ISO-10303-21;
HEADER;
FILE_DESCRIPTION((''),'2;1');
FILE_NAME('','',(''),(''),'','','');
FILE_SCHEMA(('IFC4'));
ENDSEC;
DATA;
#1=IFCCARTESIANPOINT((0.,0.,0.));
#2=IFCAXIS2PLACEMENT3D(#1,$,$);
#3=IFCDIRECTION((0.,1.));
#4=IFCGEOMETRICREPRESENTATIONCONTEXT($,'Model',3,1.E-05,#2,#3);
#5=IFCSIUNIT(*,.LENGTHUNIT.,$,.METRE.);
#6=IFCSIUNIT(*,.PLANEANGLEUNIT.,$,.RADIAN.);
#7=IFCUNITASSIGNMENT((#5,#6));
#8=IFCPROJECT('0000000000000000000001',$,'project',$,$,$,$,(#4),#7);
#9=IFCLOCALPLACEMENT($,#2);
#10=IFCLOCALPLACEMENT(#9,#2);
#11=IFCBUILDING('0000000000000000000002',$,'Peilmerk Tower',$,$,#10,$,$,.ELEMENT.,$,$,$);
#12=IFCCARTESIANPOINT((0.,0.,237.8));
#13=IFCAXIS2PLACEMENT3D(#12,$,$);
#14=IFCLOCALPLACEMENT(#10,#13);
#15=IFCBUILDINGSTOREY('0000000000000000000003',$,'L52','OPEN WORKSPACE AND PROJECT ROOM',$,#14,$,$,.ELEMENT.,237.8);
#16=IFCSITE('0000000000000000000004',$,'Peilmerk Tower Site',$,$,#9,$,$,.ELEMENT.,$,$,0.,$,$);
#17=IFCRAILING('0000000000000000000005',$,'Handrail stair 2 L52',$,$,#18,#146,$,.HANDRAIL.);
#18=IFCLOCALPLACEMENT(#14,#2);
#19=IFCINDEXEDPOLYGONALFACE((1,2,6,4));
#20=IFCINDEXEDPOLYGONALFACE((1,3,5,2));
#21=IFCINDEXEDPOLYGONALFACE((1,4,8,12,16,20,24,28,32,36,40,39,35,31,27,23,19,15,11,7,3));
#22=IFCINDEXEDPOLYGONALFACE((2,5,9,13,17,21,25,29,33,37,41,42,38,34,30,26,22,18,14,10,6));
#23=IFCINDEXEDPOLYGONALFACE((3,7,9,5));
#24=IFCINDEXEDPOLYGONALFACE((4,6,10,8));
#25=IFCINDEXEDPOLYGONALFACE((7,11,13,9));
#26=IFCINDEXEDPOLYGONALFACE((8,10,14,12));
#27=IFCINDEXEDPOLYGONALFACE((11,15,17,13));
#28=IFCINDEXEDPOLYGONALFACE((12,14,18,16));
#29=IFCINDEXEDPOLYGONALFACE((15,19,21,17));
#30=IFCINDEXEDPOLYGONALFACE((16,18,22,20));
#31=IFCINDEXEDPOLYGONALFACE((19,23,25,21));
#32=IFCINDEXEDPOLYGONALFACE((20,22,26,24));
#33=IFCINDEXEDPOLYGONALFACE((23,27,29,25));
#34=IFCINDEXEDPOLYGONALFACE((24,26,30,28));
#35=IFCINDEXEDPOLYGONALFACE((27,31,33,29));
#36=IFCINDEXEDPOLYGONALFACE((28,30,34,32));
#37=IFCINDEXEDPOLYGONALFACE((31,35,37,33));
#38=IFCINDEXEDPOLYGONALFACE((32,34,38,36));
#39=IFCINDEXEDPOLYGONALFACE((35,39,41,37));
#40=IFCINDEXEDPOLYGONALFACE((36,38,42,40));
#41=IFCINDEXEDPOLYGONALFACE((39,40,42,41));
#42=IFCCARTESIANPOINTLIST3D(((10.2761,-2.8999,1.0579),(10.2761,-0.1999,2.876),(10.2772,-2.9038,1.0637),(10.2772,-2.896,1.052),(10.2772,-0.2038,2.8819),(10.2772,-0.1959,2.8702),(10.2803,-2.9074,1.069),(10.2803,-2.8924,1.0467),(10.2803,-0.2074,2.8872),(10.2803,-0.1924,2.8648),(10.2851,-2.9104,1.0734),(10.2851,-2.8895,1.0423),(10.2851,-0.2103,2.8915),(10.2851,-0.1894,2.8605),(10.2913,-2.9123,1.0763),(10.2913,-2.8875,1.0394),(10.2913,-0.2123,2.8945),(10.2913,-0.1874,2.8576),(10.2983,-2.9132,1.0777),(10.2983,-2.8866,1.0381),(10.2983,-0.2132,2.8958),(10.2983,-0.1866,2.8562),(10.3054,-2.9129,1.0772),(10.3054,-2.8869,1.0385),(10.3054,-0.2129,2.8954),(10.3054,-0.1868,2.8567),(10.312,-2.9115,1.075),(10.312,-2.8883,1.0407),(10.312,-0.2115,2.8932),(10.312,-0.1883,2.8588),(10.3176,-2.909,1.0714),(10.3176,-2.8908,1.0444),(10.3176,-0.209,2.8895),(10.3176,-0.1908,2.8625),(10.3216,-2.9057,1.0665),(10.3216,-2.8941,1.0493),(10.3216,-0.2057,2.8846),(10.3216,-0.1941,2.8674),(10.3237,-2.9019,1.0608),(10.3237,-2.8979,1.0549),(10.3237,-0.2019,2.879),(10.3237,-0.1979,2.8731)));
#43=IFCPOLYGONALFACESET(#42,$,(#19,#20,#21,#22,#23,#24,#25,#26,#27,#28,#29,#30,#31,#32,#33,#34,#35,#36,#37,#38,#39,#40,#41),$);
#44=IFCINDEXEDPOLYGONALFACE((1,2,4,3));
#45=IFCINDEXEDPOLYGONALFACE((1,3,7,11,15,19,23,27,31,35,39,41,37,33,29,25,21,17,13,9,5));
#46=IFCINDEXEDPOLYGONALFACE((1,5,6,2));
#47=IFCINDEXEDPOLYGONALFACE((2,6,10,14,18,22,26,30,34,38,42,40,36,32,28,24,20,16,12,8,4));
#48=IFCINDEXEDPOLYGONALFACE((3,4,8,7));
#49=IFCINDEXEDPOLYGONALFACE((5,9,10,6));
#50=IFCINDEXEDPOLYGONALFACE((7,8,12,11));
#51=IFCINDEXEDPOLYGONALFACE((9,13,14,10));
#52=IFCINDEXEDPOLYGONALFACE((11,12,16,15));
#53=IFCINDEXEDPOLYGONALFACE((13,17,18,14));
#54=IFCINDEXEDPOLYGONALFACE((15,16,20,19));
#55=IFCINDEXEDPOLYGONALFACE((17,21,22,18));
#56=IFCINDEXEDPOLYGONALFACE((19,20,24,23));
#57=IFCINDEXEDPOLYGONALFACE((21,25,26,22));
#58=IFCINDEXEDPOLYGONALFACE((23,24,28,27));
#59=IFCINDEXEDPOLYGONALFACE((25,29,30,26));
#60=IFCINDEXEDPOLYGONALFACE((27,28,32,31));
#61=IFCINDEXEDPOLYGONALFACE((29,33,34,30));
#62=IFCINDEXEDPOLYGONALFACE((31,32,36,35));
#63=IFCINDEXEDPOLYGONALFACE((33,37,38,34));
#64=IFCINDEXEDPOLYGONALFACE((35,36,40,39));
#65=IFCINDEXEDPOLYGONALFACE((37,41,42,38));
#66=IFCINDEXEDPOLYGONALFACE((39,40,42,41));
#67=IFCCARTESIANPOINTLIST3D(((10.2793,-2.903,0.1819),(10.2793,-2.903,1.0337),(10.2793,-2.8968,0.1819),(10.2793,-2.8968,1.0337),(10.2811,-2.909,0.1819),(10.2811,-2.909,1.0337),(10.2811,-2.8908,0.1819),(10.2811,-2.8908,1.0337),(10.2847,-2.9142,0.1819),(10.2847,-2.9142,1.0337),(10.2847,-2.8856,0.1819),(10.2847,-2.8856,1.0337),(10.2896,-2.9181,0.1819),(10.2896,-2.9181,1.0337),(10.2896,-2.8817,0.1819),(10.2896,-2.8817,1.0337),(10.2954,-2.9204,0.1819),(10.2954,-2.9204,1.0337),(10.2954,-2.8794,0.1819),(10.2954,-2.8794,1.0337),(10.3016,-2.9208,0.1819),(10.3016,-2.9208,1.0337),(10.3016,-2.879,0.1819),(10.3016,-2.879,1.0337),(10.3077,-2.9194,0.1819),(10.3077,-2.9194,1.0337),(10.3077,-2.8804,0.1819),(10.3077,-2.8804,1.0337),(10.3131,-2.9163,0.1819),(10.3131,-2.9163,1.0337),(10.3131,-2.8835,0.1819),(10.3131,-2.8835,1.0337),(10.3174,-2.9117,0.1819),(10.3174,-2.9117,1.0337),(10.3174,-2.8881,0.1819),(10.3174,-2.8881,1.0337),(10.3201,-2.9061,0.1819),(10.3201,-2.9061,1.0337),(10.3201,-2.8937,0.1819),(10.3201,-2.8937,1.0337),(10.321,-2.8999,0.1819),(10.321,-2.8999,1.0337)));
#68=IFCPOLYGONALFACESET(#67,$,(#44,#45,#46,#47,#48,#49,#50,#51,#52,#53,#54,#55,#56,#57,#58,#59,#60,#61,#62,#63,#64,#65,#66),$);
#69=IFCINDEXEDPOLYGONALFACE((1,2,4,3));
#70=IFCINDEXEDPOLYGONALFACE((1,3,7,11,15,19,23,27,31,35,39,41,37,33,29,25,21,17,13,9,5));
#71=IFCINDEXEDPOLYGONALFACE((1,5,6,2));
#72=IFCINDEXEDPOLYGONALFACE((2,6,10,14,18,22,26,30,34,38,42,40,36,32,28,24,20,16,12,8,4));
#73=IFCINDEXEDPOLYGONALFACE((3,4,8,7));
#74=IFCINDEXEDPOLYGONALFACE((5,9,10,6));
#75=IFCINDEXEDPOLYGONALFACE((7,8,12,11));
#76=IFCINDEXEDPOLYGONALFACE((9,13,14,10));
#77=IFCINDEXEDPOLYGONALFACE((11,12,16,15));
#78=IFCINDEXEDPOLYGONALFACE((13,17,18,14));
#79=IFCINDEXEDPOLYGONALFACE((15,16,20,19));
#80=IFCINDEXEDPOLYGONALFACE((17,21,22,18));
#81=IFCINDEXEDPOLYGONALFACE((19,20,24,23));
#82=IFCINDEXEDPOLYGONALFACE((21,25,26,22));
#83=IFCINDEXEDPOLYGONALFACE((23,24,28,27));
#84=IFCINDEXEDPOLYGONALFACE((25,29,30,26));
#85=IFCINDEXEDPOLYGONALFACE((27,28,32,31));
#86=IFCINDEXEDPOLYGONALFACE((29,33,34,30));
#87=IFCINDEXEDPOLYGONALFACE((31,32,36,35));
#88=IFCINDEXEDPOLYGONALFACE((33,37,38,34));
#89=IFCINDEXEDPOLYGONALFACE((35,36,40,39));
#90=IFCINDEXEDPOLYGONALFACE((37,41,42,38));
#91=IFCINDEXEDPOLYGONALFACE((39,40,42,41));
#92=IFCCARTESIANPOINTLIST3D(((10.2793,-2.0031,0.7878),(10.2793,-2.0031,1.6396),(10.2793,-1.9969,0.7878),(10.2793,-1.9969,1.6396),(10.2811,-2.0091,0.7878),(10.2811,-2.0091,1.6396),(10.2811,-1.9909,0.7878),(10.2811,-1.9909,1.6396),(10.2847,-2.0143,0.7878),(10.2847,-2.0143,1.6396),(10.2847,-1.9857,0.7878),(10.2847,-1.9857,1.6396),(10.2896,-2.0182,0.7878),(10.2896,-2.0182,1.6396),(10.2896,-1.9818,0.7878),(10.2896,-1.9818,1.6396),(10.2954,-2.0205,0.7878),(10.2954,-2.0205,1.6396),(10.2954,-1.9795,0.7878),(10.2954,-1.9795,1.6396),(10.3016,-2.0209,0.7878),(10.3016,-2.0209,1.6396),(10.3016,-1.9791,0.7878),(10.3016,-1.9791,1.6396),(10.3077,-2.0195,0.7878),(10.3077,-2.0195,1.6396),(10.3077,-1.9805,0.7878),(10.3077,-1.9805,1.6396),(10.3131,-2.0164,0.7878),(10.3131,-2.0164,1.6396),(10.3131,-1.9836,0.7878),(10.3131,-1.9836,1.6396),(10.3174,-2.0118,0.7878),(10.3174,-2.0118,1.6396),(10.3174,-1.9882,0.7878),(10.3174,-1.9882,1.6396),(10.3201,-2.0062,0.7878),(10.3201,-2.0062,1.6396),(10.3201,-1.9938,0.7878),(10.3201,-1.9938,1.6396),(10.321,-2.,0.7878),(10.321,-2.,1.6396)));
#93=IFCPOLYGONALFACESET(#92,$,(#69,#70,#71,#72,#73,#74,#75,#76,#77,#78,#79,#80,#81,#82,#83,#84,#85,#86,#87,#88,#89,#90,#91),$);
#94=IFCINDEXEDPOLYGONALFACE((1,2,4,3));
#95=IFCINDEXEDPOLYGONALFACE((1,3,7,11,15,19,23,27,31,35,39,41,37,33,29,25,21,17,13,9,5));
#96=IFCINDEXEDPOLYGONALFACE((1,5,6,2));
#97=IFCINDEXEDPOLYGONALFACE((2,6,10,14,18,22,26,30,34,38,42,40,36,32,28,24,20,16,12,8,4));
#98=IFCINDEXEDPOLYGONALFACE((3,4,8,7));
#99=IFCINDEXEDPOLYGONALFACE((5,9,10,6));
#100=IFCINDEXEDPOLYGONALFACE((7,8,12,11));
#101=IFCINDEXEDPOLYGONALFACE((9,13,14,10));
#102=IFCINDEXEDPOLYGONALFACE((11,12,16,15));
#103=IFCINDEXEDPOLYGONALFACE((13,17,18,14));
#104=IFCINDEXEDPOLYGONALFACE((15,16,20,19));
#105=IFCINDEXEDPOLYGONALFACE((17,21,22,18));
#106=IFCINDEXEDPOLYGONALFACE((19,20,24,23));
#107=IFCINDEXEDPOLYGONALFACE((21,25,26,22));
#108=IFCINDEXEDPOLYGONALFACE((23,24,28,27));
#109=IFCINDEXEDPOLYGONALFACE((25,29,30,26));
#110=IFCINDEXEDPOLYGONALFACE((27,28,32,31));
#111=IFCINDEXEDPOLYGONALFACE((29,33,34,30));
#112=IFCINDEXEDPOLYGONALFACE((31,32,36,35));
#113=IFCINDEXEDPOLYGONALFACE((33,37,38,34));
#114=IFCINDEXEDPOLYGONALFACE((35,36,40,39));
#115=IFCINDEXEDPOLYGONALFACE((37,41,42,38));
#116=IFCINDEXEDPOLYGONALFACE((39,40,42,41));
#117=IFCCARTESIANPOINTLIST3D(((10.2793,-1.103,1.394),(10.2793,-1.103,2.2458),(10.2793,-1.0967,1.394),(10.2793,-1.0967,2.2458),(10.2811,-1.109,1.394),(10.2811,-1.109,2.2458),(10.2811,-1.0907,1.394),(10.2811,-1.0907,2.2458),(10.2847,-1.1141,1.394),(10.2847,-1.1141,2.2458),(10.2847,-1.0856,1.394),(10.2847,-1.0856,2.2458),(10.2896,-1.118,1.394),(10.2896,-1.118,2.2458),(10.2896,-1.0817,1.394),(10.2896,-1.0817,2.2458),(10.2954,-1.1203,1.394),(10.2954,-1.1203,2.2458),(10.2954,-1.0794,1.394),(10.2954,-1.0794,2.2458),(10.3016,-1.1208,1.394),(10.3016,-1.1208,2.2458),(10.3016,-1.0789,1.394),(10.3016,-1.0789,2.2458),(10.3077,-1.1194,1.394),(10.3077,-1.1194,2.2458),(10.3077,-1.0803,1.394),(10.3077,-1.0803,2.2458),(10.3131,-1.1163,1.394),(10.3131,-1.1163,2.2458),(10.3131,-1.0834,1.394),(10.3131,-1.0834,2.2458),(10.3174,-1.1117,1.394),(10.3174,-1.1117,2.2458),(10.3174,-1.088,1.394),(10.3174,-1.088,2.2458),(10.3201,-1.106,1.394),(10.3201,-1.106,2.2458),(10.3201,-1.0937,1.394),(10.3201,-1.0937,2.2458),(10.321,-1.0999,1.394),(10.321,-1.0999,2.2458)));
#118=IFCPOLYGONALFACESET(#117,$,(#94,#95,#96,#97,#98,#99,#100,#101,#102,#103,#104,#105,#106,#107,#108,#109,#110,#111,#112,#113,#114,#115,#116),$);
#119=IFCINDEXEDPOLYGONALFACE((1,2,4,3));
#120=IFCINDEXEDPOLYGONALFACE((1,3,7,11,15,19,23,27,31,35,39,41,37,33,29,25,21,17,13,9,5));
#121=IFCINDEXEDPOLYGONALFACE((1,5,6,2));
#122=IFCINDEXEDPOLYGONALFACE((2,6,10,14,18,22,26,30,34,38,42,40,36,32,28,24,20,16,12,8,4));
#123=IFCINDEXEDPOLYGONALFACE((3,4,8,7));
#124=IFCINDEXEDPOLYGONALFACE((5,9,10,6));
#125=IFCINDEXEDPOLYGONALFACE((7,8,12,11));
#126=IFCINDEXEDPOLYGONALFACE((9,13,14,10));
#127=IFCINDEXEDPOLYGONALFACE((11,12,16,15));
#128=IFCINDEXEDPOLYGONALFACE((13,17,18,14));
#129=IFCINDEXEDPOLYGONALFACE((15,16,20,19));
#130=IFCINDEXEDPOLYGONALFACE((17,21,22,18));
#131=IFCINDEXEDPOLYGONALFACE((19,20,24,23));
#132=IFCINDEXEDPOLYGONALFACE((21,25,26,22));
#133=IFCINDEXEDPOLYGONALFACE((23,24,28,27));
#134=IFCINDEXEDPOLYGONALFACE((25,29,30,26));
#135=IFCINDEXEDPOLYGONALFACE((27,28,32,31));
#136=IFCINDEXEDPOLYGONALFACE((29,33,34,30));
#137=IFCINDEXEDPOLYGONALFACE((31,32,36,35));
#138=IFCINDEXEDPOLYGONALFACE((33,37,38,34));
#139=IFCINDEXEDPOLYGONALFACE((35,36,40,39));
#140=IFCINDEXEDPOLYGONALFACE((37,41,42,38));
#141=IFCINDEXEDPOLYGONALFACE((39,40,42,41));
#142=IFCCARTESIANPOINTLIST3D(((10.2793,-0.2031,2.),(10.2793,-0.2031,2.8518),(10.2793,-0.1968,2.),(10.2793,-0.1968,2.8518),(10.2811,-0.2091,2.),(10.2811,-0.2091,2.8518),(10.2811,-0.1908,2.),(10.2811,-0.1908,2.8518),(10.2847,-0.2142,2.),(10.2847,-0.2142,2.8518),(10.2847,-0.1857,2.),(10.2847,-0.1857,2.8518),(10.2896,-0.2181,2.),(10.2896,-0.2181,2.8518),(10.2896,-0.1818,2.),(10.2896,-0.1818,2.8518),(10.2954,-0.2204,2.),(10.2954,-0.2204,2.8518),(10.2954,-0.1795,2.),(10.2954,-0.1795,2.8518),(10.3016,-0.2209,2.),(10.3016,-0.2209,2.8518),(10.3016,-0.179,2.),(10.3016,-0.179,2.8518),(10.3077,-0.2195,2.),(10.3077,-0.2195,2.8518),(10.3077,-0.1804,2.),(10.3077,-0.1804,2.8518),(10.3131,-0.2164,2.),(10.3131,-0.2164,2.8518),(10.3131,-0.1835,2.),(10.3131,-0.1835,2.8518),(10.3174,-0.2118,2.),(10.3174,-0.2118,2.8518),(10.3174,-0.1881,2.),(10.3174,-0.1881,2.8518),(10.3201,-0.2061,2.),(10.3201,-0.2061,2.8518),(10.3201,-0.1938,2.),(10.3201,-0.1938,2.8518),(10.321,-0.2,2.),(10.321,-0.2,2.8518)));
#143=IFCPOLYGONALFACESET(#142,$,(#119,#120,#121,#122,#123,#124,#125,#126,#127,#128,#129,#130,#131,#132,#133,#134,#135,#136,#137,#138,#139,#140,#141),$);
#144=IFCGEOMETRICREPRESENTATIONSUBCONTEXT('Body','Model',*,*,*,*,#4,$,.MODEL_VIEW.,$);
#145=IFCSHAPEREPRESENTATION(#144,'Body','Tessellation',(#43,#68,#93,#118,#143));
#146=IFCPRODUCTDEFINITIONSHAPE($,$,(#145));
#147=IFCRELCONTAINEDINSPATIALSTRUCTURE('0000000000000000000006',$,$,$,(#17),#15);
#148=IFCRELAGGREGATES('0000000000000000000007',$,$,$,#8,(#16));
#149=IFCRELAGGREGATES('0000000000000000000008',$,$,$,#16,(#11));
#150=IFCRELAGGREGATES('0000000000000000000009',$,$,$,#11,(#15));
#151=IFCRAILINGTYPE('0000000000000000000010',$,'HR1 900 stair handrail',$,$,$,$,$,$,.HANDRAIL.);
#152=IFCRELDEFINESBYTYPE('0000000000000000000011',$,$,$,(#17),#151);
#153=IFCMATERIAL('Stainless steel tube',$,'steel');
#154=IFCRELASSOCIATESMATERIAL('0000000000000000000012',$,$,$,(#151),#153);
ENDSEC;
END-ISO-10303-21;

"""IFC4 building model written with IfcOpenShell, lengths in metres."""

from ifc_helpers import new_model, si_unit, direction, frame, origin, origin_2d, place, context, subcontext, project, spatial, circle, extrude, material, type_object, element, save


model = new_model("IFC4")

# Units and contexts
model_context = context("Model", 3, precision=1e-05, world=origin(), true_north=direction((0.0, 1.0)))
body_context = subcontext(model_context, "Body", "Model", "MODEL_VIEW")
ifc_project = project(units=[si_unit("LENGTHUNIT", "METRE"), si_unit("PLANEANGLEUNIT", "RADIAN")], contexts=[model_context])

# Site, building, storey
site_placement = place(None, origin())
site = spatial("IfcSite", under=ifc_project, at=site_placement, Name="Peilmerk Tower Site", CompositionType="ELEMENT", RefElevation=0.0)
building_placement = place(site_placement, origin())
building = spatial("IfcBuilding", under=site, at=building_placement, Name="Peilmerk Tower", CompositionType="ELEMENT")
storey_placement = place(building_placement, frame((0.0, 0.0, 237.8)))
storey = spatial("IfcBuildingStorey", under=building, at=storey_placement, Name="L52", Description="OPEN WORKSPACE AND PROJECT ROOM", CompositionType="ELEMENT", Elevation=237.8)

# Railing
ifc_material_1 = material(Name="Stainless steel tube", Category="steel")
railing_type_1 = type_object("IfcRailingType", Name="HR1 900 stair handrail", PredefinedType="HANDRAIL", material=ifc_material_1)
railing_1_placement = place(storey_placement, frame((10.3, -2.8999, 0.1819)))
element("IfcRailing", 1, at=railing_1_placement, inside=storey, type_object=railing_type_1, Name="Handrail stair 2 L52", PredefinedType="HANDRAIL", context=body_context, shape_type="SweptSolid", body=[
    extrude(circle(Radius=0.0239, at=origin_2d()), frame((0.0, 0.0, 0.876), z_axis=(0.0, 0.829468, 0.558554), x_axis=(-1.0, 0.0, 0.0)), (0.0, 0.0, 1.0), 3.2551),
    extrude(circle(Radius=0.021, at=origin_2d()), origin(), (0.0, 0.0, 1.0), 0.8518),
    extrude(circle(Radius=0.021, at=origin_2d()), frame((0.0, 0.8999, 0.606)), (0.0, 0.0, 1.0), 0.8518),
    extrude(circle(Radius=0.021, at=origin_2d()), frame((0.0, 1.8, 1.2122)), (0.0, 0.0, 1.0), 0.8518),
    extrude(circle(Radius=0.021, at=origin_2d()), frame((0.0, 2.7, 1.8181)), (0.0, 0.0, 1.0), 0.8518),
])

save(model, "model.ifc")
